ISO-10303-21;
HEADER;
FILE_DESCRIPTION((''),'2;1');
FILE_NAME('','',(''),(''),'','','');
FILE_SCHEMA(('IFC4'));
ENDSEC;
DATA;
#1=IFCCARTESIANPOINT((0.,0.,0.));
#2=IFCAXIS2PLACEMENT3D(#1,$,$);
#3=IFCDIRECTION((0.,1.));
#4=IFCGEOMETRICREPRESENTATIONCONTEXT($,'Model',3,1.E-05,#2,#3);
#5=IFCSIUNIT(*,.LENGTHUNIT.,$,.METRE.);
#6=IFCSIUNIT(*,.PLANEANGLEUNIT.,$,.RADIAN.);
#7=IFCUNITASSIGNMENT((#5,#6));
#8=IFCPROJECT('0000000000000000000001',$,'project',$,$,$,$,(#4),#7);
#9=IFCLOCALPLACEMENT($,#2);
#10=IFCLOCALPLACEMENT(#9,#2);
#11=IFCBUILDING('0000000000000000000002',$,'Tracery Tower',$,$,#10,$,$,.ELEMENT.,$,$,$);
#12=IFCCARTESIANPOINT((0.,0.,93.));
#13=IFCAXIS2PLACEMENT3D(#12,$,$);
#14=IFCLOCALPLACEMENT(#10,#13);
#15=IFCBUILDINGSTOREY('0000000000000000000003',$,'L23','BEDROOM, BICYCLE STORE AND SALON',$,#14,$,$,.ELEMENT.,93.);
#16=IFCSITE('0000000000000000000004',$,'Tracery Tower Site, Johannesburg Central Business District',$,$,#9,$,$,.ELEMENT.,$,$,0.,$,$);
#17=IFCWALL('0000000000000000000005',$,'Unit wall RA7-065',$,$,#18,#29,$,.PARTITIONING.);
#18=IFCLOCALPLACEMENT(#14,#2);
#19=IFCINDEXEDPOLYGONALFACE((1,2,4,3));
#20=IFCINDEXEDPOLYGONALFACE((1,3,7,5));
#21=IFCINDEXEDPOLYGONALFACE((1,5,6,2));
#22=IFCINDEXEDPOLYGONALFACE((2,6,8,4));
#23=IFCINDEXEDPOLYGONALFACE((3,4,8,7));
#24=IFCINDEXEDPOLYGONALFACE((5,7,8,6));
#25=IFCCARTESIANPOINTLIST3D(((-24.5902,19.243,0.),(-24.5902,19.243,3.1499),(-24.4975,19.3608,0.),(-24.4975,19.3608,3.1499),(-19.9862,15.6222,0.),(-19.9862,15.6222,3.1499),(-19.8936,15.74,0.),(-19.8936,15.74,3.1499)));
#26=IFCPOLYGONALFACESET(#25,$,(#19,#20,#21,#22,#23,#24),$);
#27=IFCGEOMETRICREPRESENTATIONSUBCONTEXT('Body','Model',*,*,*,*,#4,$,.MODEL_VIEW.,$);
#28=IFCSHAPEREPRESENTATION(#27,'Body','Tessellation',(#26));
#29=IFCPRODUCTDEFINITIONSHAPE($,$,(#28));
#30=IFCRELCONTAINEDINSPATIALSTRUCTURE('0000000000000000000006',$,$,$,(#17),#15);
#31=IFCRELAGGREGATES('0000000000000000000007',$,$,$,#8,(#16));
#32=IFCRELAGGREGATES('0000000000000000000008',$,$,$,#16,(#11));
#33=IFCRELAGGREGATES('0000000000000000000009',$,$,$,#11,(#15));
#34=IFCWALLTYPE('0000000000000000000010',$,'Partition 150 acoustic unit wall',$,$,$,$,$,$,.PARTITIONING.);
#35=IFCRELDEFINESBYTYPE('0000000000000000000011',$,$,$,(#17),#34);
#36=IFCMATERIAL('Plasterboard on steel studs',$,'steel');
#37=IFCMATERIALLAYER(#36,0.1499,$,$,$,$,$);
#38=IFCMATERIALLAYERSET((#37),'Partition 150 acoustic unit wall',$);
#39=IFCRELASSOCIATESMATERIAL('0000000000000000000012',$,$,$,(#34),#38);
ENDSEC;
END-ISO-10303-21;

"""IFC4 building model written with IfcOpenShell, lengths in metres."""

from ifc_helpers import new_model, si_unit, direction, frame, frame_2d, origin, place, context, subcontext, project, spatial, rectangle, extrude, material, layer, layer_set, type_object, element, save


model = new_model("IFC4")

# Units and contexts
model_context = context("Model", 3, precision=1e-05, world=origin(), true_north=direction((0.0, 1.0)))
body_context = subcontext(model_context, "Body", "Model", "MODEL_VIEW")
ifc_project = project(units=[si_unit("LENGTHUNIT", "METRE"), si_unit("PLANEANGLEUNIT", "RADIAN")], contexts=[model_context])

# Site, building, storey
site_placement = place(None, origin())
site = spatial("IfcSite", under=ifc_project, at=site_placement, Name="Tracery Tower Site, Johannesburg Central Business District", CompositionType="ELEMENT", RefElevation=0.0)
building_placement = place(site_placement, origin())
building = spatial("IfcBuilding", under=site, at=building_placement, Name="Tracery Tower", CompositionType="ELEMENT")
storey_placement = place(building_placement, frame((0.0, 0.0, 93.0)))
storey = spatial("IfcBuildingStorey", under=building, at=storey_placement, Name="L23", Description="BEDROOM, BICYCLE STORE AND SALON", CompositionType="ELEMENT", Elevation=93.0)

# Wall
ifc_material_1 = material(Name="Plasterboard on steel studs", Category="steel")
ifc_layer_1 = layer(ifc_material_1, 0.1499)
ifc_layer_set_1 = layer_set([ifc_layer_1], Name="Partition 150 acoustic unit wall")
wall_type_1 = type_object("IfcWallType", Name="Partition 150 acoustic unit wall", PredefinedType="PARTITIONING", material=ifc_layer_set_1)
wall_1_placement = place(storey_placement, frame((-24.5439, 19.302, 0.0), z_axis=(0.0, 0.0, 1.0), x_axis=(0.786035, -0.618182, 0.0)))
element("IfcWall", 1, at=wall_1_placement, inside=storey, type_object=wall_type_1, Name="Unit wall RA7-065", PredefinedType="PARTITIONING", context=body_context, shape_type="SweptSolid", body=[
    extrude(rectangle(XDim=5.8572, YDim=0.1499, at=frame_2d((2.9287, 0.0))), origin(), (0.0, 0.0, 1.0), 3.1499),
])

save(model, "model.ifc")
